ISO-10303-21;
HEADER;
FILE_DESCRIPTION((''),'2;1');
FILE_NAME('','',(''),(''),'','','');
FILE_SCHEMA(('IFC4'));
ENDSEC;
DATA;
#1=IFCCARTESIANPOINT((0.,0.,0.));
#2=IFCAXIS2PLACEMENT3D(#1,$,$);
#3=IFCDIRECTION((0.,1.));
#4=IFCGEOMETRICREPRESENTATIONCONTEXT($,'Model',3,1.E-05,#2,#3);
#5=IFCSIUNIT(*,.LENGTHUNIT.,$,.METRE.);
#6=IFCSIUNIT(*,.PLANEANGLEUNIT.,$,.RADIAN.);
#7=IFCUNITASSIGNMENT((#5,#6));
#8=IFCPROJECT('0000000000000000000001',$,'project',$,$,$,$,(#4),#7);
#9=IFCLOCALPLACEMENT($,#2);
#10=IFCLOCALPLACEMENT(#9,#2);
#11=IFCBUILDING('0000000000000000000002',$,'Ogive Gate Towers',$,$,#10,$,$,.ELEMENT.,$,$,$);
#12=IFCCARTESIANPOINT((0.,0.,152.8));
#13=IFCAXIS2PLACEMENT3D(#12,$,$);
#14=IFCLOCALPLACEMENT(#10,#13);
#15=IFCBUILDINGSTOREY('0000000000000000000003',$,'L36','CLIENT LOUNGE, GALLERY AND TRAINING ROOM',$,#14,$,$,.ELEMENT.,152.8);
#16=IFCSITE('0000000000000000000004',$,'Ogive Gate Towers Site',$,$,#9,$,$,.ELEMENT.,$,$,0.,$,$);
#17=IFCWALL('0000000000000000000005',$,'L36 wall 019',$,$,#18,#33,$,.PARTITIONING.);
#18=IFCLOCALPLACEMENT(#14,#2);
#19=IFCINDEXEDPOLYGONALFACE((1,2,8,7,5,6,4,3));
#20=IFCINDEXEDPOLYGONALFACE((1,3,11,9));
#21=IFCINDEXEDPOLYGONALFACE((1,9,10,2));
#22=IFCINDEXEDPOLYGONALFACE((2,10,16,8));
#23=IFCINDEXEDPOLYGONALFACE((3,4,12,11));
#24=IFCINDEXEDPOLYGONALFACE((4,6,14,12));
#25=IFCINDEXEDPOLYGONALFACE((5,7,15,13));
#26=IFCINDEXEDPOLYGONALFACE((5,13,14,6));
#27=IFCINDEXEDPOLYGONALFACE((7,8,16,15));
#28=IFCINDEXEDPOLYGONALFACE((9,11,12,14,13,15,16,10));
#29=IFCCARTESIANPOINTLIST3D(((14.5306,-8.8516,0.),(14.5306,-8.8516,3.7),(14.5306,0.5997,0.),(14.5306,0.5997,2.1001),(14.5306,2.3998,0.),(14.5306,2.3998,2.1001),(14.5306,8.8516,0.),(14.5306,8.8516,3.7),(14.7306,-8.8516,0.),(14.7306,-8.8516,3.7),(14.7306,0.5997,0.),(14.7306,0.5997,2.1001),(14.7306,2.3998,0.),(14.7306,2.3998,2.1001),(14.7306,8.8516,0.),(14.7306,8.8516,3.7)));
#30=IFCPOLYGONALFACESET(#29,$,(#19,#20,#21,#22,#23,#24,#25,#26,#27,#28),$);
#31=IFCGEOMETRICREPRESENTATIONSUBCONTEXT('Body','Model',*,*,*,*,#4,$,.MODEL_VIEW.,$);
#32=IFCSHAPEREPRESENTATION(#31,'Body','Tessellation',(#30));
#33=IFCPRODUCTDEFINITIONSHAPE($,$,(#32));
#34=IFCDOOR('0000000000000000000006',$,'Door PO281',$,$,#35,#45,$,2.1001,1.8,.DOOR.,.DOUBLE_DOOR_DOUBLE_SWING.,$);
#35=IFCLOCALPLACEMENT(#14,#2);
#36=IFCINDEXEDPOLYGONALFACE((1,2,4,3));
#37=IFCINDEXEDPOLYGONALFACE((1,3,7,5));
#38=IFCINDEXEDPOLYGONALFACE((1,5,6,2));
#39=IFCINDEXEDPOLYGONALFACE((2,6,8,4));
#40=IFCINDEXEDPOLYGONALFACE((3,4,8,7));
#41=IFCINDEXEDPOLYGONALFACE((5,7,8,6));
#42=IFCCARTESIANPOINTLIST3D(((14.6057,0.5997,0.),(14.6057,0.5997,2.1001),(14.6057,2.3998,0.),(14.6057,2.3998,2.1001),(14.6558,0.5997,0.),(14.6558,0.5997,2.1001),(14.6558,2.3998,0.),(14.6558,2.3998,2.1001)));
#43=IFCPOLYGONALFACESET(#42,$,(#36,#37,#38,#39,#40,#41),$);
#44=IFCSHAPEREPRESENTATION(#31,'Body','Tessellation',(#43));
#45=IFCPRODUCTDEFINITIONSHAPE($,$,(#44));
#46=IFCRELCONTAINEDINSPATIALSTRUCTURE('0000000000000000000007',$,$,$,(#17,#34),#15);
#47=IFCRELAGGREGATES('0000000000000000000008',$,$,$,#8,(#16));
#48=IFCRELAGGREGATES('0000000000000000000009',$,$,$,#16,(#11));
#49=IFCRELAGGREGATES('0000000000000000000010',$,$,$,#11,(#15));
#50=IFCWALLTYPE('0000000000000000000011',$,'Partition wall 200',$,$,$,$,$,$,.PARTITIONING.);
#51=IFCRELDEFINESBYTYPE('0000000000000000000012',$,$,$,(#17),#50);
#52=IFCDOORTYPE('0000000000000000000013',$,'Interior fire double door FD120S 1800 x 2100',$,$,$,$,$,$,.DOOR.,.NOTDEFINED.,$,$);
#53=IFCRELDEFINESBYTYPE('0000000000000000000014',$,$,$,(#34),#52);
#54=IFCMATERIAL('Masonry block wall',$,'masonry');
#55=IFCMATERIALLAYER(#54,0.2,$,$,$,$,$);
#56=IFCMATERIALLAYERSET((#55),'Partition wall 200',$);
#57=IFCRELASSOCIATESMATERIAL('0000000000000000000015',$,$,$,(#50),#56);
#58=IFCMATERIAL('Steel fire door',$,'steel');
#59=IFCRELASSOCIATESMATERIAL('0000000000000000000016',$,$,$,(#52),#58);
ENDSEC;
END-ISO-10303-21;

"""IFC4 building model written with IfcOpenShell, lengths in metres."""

from ifc_helpers import new_model, si_unit, direction, frame, frame_2d, origin, place, context, subcontext, project, spatial, rectangle, extrude, material, layer, layer_set, type_object, element, fill, save


model = new_model("IFC4")

# Units and contexts
model_context = context("Model", 3, precision=1e-05, world=origin(), true_north=direction((0.0, 1.0)))
body_context = subcontext(model_context, "Body", "Model", "MODEL_VIEW")
ifc_project = project(units=[si_unit("LENGTHUNIT", "METRE"), si_unit("PLANEANGLEUNIT", "RADIAN")], contexts=[model_context])

# Site, building, storey
site_placement = place(None, origin())
site = spatial("IfcSite", under=ifc_project, at=site_placement, Name="Ogive Gate Towers Site", CompositionType="ELEMENT", RefElevation=0.0)
building_placement = place(site_placement, origin())
building = spatial("IfcBuilding", under=site, at=building_placement, Name="Ogive Gate Towers", CompositionType="ELEMENT")
storey_placement = place(building_placement, frame((0.0, 0.0, 152.8)))
storey = spatial("IfcBuildingStorey", under=building, at=storey_placement, Name="L36", Description="CLIENT LOUNGE, GALLERY AND TRAINING ROOM", CompositionType="ELEMENT", Elevation=152.8)

# Wall, opening, door
ifc_material_1 = material(Name="Masonry block wall", Category="masonry")
ifc_layer_1 = layer(ifc_material_1, 0.2)
ifc_layer_set_1 = layer_set([ifc_layer_1], Name="Partition wall 200")
wall_type_1 = type_object("IfcWallType", Name="Partition wall 200", PredefinedType="PARTITIONING", material=ifc_layer_set_1)
wall_1_placement = place(storey_placement, frame((14.6306, -8.8516, 0.0), z_axis=(0.0, 0.0, 1.0), x_axis=(0.0, 1.0, 0.0)))
wall_1 = element("IfcWall", 1, at=wall_1_placement, inside=storey, type_object=wall_type_1, Name="L36 wall 019", PredefinedType="PARTITIONING", context=body_context, shape_type="SweptSolid", body=[
    extrude(rectangle(XDim=17.7031, YDim=0.2, at=frame_2d((8.8516, 0.0))), origin(), (0.0, 0.0, 1.0), 3.7),
])
opening_placement = place(wall_1_placement, frame((9.4514, 0.0, 0.0)))
opening = element("IfcOpeningElement", 2, at=opening_placement, cuts=wall_1, PredefinedType="OPENING", context=body_context, shape_type="SweptSolid", body=[
    extrude(rectangle(XDim=1.8, YDim=2.1001, at=frame_2d((0.8999, 1.05))), frame((0.0, 0.1099, 0.0), z_axis=(0.0, -1.0, 0.0), x_axis=(1.0, 0.0, 0.0)), (0.0, 0.0, 1.0), 0.22),
])
ifc_material_2 = material(Name="Steel fire door", Category="steel")
door_type = type_object("IfcDoorType", Name="Interior fire double door FD120S 1800 x 2100", OperationType="NOTDEFINED", PredefinedType="DOOR", material=ifc_material_2)
door_placement = place(opening_placement, origin())
door = element("IfcDoor", 3, at=door_placement, inside=storey, type_object=door_type, Name="Door PO281", OperationType="DOUBLE_DOOR_DOUBLE_SWING", OverallHeight=2.1001, OverallWidth=1.8, PredefinedType="DOOR", context=body_context, shape_type="SweptSolid", body=[
    extrude(rectangle(XDim=1.8, YDim=2.1001, at=frame_2d((0.8999, 1.05))), frame((0.0, 0.0249, 0.0), z_axis=(0.0, -1.0, 0.0), x_axis=(1.0, 0.0, 0.0)), (0.0, 0.0, 1.0), 0.05),
])
fill(opening, door)

save(model, "model.ifc")
